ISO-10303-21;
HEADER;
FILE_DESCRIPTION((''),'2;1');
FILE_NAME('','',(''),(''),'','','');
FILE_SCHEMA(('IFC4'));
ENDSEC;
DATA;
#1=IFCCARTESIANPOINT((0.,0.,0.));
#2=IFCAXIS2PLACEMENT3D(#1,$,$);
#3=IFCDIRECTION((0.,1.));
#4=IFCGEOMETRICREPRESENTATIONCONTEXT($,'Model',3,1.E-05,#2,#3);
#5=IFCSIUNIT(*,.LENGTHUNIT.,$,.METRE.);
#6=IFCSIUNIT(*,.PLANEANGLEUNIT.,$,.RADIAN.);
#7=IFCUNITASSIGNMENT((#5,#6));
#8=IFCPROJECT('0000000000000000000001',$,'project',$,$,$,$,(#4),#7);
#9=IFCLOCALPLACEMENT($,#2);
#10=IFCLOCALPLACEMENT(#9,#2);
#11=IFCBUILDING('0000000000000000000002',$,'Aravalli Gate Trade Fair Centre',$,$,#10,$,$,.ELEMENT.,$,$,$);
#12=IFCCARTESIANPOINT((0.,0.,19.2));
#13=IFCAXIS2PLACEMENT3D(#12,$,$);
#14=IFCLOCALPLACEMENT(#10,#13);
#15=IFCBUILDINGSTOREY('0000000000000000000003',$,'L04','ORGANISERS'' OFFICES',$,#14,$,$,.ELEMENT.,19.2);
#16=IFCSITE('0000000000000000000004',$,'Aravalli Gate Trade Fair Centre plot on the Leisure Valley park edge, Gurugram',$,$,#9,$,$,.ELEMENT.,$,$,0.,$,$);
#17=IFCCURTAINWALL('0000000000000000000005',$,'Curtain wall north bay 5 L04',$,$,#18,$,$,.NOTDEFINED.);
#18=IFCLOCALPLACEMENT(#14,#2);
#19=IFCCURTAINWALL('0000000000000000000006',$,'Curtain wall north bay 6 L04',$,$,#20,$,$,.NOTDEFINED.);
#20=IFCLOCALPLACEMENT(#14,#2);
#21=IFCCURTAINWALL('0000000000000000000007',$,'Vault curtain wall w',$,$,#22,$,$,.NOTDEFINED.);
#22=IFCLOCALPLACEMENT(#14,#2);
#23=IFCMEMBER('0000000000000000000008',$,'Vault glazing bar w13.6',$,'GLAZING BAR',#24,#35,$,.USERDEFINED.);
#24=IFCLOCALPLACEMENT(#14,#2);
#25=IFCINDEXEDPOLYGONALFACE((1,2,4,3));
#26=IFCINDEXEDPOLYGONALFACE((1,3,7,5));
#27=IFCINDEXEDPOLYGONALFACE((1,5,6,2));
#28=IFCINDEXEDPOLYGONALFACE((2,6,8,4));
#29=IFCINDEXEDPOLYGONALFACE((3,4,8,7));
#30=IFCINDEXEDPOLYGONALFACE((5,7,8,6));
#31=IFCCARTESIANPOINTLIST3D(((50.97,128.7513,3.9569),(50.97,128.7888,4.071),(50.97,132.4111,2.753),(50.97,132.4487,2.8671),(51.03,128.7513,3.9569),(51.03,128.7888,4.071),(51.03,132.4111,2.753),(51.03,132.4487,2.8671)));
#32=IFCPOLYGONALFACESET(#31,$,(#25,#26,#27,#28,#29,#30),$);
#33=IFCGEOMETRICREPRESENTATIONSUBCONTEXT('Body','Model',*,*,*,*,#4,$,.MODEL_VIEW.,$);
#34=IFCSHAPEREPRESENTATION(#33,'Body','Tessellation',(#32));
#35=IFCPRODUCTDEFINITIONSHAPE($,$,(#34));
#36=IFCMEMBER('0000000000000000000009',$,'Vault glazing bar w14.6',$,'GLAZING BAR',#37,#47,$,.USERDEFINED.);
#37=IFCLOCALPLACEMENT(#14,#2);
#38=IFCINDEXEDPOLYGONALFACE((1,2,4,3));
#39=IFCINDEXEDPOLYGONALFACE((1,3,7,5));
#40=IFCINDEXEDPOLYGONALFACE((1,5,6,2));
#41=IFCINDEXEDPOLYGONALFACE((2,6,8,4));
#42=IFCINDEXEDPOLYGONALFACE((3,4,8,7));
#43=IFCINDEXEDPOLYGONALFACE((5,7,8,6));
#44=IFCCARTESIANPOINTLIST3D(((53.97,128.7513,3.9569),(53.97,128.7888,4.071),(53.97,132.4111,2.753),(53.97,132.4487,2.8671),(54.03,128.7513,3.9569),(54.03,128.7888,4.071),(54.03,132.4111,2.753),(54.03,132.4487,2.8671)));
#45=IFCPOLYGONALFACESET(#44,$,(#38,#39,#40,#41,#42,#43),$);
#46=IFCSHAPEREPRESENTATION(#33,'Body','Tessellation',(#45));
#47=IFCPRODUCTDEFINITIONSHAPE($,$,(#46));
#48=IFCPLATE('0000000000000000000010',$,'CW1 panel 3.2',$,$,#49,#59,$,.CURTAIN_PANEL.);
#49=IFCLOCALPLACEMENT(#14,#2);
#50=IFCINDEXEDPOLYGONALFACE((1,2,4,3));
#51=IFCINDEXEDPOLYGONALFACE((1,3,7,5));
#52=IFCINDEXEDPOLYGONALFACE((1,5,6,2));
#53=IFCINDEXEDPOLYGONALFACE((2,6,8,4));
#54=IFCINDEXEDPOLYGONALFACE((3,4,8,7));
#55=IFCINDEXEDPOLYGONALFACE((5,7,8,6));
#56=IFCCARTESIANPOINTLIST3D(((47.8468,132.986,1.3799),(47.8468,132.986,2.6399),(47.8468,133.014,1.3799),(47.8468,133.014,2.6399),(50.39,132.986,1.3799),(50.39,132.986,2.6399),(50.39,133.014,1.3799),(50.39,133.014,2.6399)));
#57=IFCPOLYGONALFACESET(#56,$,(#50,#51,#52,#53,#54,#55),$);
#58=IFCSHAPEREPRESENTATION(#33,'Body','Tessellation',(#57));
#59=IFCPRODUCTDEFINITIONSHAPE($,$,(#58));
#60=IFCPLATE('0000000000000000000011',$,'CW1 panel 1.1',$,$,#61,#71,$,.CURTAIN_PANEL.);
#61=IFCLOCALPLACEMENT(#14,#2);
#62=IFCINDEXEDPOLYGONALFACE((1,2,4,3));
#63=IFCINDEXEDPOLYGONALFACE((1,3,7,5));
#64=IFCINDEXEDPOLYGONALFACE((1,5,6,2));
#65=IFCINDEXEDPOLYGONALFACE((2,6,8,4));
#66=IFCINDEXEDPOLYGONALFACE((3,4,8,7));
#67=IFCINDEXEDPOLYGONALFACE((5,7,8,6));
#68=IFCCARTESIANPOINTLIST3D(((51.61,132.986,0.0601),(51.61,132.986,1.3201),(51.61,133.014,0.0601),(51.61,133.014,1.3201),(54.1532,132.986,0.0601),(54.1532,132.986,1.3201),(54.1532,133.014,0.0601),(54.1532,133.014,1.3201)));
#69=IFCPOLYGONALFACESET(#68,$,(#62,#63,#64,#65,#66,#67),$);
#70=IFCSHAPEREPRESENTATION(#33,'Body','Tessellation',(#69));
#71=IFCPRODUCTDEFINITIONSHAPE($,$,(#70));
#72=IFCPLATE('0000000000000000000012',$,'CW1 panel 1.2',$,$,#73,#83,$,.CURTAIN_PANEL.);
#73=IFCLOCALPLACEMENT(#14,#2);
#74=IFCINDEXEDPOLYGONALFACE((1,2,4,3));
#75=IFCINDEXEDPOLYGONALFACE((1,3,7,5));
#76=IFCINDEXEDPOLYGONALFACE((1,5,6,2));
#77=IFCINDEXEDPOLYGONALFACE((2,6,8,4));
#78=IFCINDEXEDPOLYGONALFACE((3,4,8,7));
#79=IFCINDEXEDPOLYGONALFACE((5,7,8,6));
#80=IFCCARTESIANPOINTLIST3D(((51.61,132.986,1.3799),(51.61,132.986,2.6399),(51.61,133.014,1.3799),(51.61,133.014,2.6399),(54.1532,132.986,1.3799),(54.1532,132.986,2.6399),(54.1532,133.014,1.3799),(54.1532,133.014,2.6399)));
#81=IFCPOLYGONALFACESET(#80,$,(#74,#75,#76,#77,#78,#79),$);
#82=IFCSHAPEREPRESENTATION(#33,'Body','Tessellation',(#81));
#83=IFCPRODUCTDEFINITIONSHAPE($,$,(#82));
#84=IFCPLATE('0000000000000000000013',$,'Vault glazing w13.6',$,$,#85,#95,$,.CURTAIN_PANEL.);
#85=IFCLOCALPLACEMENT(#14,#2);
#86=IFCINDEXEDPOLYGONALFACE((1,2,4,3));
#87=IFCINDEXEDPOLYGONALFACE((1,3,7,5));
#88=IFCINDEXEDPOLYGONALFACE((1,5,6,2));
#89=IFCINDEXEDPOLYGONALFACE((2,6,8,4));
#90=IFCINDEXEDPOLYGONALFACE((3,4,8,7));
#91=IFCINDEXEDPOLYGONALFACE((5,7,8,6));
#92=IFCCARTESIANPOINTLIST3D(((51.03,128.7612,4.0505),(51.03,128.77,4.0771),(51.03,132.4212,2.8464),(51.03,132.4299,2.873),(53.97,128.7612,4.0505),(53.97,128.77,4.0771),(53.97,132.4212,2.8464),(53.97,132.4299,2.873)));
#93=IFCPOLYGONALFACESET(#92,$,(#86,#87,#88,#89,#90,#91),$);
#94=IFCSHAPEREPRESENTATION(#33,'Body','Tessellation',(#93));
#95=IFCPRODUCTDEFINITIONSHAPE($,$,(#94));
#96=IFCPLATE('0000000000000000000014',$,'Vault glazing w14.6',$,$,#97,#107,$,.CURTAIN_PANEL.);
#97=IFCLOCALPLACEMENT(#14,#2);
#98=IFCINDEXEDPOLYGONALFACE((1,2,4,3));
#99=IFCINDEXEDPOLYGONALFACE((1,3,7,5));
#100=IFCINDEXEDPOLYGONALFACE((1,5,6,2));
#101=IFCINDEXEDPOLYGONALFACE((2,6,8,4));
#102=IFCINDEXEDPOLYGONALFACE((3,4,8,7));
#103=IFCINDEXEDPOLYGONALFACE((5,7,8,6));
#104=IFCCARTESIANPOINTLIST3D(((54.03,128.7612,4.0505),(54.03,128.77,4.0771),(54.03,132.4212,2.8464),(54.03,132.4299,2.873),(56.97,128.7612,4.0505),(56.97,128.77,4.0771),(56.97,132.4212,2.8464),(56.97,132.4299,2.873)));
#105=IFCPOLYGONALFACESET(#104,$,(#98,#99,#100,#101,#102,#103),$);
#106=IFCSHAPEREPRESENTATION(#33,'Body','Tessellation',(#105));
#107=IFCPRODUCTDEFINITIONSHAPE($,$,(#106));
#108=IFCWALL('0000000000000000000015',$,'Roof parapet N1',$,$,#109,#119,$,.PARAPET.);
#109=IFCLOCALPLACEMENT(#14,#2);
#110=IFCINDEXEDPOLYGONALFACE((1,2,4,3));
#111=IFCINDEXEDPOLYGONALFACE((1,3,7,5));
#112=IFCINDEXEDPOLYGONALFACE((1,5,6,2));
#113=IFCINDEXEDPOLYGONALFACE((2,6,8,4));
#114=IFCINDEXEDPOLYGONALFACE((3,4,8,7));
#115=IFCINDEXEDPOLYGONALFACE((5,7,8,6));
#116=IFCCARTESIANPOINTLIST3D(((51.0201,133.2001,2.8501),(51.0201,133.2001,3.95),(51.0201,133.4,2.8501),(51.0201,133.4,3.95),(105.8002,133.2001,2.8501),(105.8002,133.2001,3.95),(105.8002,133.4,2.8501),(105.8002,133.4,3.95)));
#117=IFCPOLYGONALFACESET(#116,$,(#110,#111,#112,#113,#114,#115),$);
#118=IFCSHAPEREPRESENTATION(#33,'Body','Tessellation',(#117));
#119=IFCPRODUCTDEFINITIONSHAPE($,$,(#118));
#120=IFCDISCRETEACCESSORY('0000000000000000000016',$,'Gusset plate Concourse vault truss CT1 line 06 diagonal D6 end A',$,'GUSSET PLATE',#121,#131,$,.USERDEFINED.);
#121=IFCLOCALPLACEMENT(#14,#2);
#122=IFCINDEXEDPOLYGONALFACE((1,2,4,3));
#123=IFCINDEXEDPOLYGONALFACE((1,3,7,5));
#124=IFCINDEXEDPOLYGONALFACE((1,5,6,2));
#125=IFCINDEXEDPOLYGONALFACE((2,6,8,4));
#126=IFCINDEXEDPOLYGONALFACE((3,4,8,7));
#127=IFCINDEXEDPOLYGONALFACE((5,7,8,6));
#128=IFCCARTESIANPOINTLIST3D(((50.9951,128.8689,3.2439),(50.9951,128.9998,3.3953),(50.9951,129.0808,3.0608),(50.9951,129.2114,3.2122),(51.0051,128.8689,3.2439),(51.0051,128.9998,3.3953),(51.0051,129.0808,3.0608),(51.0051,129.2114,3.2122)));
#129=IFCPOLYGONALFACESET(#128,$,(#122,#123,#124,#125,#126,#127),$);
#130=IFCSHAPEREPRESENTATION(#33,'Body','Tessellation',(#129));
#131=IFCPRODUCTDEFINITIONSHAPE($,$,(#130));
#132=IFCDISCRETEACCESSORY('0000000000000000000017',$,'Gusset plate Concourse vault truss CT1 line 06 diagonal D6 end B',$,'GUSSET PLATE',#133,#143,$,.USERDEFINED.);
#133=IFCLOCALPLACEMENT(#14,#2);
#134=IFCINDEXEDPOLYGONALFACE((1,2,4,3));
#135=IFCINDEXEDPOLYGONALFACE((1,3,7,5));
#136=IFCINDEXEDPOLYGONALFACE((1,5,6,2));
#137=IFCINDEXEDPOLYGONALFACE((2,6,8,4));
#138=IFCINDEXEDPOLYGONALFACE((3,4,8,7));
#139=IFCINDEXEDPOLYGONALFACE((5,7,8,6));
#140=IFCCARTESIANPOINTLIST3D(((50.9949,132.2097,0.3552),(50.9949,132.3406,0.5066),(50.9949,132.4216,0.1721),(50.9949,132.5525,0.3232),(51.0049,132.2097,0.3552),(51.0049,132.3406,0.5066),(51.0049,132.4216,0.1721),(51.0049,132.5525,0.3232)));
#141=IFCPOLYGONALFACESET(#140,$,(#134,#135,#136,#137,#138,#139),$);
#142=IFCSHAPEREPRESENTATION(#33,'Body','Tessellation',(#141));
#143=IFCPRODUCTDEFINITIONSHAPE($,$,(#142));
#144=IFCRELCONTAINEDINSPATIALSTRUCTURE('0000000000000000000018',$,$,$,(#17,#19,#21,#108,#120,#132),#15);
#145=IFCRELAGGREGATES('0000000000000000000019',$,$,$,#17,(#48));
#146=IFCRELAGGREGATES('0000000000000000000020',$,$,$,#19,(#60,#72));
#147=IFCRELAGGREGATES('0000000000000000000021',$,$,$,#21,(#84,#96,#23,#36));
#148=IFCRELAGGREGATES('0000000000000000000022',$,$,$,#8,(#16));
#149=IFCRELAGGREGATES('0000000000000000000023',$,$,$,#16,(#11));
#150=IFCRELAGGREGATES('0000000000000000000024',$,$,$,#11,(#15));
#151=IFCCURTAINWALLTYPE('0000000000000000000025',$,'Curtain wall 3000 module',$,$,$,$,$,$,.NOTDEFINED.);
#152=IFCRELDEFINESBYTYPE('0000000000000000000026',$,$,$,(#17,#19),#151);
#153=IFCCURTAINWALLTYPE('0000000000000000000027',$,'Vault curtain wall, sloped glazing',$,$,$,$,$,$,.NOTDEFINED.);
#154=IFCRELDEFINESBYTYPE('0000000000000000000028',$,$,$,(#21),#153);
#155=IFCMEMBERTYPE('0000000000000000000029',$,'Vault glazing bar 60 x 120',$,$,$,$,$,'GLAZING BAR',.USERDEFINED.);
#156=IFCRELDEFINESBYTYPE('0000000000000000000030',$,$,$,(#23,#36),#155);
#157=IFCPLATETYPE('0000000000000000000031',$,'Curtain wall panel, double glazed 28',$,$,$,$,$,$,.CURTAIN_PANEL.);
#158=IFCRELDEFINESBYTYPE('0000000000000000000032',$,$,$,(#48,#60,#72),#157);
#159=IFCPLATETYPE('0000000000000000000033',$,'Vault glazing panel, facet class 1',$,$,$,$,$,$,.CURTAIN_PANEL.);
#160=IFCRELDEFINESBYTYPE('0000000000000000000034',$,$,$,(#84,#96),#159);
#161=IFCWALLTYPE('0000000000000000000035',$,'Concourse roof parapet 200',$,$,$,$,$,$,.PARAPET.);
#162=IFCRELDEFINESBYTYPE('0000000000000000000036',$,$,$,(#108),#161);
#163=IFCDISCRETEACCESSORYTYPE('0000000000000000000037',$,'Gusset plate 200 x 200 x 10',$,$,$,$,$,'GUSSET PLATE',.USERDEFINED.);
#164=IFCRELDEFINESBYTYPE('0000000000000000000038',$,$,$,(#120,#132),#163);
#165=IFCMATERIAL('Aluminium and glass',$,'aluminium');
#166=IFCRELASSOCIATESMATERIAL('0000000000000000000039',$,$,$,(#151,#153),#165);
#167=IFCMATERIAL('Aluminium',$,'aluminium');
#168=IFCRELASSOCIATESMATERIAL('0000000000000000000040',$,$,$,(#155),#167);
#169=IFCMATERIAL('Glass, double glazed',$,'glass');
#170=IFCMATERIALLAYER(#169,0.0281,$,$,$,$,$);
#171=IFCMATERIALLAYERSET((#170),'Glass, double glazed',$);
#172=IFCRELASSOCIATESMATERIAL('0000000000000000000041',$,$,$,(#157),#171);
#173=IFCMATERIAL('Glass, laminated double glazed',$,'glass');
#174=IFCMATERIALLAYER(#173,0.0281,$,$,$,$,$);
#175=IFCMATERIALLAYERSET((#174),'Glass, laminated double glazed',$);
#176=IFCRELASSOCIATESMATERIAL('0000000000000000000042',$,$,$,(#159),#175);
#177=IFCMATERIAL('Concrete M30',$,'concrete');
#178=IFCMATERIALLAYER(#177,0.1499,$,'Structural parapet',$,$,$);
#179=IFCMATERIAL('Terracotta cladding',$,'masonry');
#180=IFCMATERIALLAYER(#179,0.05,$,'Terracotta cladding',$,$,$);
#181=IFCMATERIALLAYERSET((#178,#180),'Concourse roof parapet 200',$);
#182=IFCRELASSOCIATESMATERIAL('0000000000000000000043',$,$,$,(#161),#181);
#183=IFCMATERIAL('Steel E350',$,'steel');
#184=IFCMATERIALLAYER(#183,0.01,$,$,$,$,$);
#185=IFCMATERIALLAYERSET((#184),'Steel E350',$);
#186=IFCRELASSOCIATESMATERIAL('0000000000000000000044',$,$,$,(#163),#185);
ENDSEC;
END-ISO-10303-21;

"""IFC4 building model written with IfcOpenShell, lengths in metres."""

from ifc_helpers import new_model, si_unit, direction, frame, frame_2d, origin, origin_2d, place, context, subcontext, project, spatial, polyline, rectangle, outline, extrude, material, layer, layer_set, material_profile, profile_set, type_object, element, aggregate, save


model = new_model("IFC4")

# Units and contexts
model_context = context("Model", 3, precision=1e-05, world=origin(), true_north=direction((0.0, 1.0)))
body_context = subcontext(model_context, "Body", "Model", "MODEL_VIEW")
ifc_project = project(units=[si_unit("LENGTHUNIT", "METRE"), si_unit("PLANEANGLEUNIT", "RADIAN")], contexts=[model_context])

# Site, building, storey
site_placement = place(None, origin())
site = spatial("IfcSite", under=ifc_project, at=site_placement, Name="Aravalli Gate Trade Fair Centre plot on the Leisure Valley park edge, Gurugram", CompositionType="ELEMENT", RefElevation=0.0)
building_placement = place(site_placement, origin())
building = spatial("IfcBuilding", under=site, at=building_placement, Name="Aravalli Gate Trade Fair Centre", CompositionType="ELEMENT")
storey_placement = place(building_placement, frame((0.0, 0.0, 19.2)))
storey = spatial("IfcBuildingStorey", under=building, at=storey_placement, Name="L04", Description="ORGANISERS' OFFICES", CompositionType="ELEMENT", Elevation=19.2)

# Curtain wall
ifc_material_1 = material(Name="Aluminium and glass", Category="aluminium")
curtain_wall_type_1 = type_object("IfcCurtainWallType", Name="Curtain wall 3000 module", PredefinedType="NOTDEFINED", material=ifc_material_1)
curtain_wall_1_placement = place(storey_placement, origin())
curtain_wall_1 = element("IfcCurtainWall", 1, at=curtain_wall_1_placement, inside=storey, type_object=curtain_wall_type_1, Name="Curtain wall north bay 5 L04", PredefinedType="NOTDEFINED")
ifc_material_2 = material(Name="Aluminium", Category="aluminium")

# Curtain wall
curtain_wall_2_placement = place(storey_placement, origin())
curtain_wall_2 = element("IfcCurtainWall", 2, at=curtain_wall_2_placement, inside=storey, type_object=curtain_wall_type_1, Name="Curtain wall north bay 6 L04", PredefinedType="NOTDEFINED")

# Shared definitions
ifc_material_3 = material(Name="Steel E350", Category="steel")

# Curtain wall, members
curtain_wall_type_2 = type_object("IfcCurtainWallType", Name="Vault curtain wall, sloped glazing", PredefinedType="NOTDEFINED", material=ifc_material_1)
curtain_wall_3_placement = place(storey_placement, origin())
curtain_wall_3 = element("IfcCurtainWall", 3, at=curtain_wall_3_placement, inside=storey, type_object=curtain_wall_type_2, Name="Vault curtain wall w", PredefinedType="NOTDEFINED")
ifc_material_profile_1 = material_profile(ifc_material_2, rectangle(XDim=0.0601, YDim=0.1201, at=origin_2d()), Name="Vault glazing bar 60 x 120")
ifc_profile_set_1 = profile_set([ifc_material_profile_1], Name="Aluminium")
member_type_1 = type_object("IfcMemberType", Name="Vault glazing bar 60 x 120", ElementType="GLAZING BAR", PredefinedType="USERDEFINED", material=ifc_profile_set_1)
member_1_placement = place(storey_placement, frame((51.0, 128.77, 4.0139), z_axis=(0.0, 0.94993, -0.312461), x_axis=(-1.0, 0.0, 0.0)))
member_1 = element("IfcMember", 4, at=member_1_placement, type_object=member_type_1, Name="Vault glazing bar w13.6", ObjectType="GLAZING BAR", PredefinedType="USERDEFINED", context=body_context, shape_type="SweptSolid", body=[
    extrude(rectangle(XDim=0.0601, YDim=0.1201, at=origin_2d()), origin(), (0.0, 0.0, 1.0), 3.8528),
])
member_2_placement = place(storey_placement, frame((54.0, 128.77, 4.0139), z_axis=(0.0, 0.94993, -0.312461), x_axis=(-1.0, 0.0, 0.0)))
member_2 = element("IfcMember", 5, at=member_2_placement, type_object=member_type_1, Name="Vault glazing bar w14.6", ObjectType="GLAZING BAR", PredefinedType="USERDEFINED", context=body_context, shape_type="SweptSolid", body=[
    extrude(rectangle(XDim=0.0601, YDim=0.1201, at=origin_2d()), origin(), (0.0, 0.0, 1.0), 3.8528),
])

# Plates
ifc_material_4 = material(Name="Glass, double glazed", Category="glass")
ifc_layer_1 = layer(ifc_material_4, 0.0281)
ifc_layer_set_1 = layer_set([ifc_layer_1], Name="Glass, double glazed")
plate_type_1 = type_object("IfcPlateType", Name="Curtain wall panel, double glazed 28", PredefinedType="CURTAIN_PANEL", material=ifc_layer_set_1)
plate_1_placement = place(storey_placement, frame((49.1184, 133.0, 1.3799), z_axis=(0.0, 0.0, 1.0), x_axis=(1.0, 0.0, 0.0)))
plate_1 = element("IfcPlate", 6, at=plate_1_placement, type_object=plate_type_1, Name="CW1 panel 3.2", PredefinedType="CURTAIN_PANEL", context=body_context, shape_type="SweptSolid", body=[
    extrude(rectangle(XDim=2.5432, YDim=0.0281, at=origin_2d()), origin(), (0.0, 0.0, 1.0), 1.26),
])
aggregate(curtain_wall_1, [plate_1])
plate_2_placement = place(storey_placement, frame((52.8816, 133.0, 0.0601), z_axis=(0.0, 0.0, 1.0), x_axis=(1.0, 0.0, 0.0)))
plate_2 = element("IfcPlate", 7, at=plate_2_placement, type_object=plate_type_1, Name="CW1 panel 1.1", PredefinedType="CURTAIN_PANEL", context=body_context, shape_type="SweptSolid", body=[
    extrude(rectangle(XDim=2.5432, YDim=0.0281, at=origin_2d()), origin(), (0.0, 0.0, 1.0), 1.26),
])
plate_3_placement = place(storey_placement, frame((52.8816, 133.0, 1.3799), z_axis=(0.0, 0.0, 1.0), x_axis=(1.0, 0.0, 0.0)))
plate_3 = element("IfcPlate", 8, at=plate_3_placement, type_object=plate_type_1, Name="CW1 panel 1.2", PredefinedType="CURTAIN_PANEL", context=body_context, shape_type="SweptSolid", body=[
    extrude(rectangle(XDim=2.5432, YDim=0.0281, at=origin_2d()), origin(), (0.0, 0.0, 1.0), 1.26),
])
aggregate(curtain_wall_2, [plate_2, plate_3])
ifc_material_5 = material(Name="Glass, laminated double glazed", Category="glass")
ifc_layer_2 = layer(ifc_material_5, 0.0281)
ifc_layer_set_2 = layer_set([ifc_layer_2], Name="Glass, laminated double glazed")
plate_type_2 = type_object("IfcPlateType", Name="Vault glazing panel, facet class 1", PredefinedType="CURTAIN_PANEL", material=ifc_layer_set_2)
plate_4_placement = place(storey_placement, frame((51.03, 128.77, 4.0771), z_axis=(0.0, 0.312518, 0.949912), x_axis=(1.0, 0.0, 0.0)))
plate_4 = element("IfcPlate", 9, at=plate_4_placement, type_object=plate_type_2, Name="Vault glazing w13.6", PredefinedType="CURTAIN_PANEL", context=body_context, shape_type="SweptSolid", body=[
    extrude(outline(polyline([(0.0, 0.0), (2.9399, 0.0), (2.9399, 3.8529), (0.0, 3.8529), (0.0, 0.0)])), origin(), (0.0, 0.0, -1.0), 0.0281),
])
plate_5_placement = place(storey_placement, frame((54.03, 128.77, 4.0771), z_axis=(0.0, 0.312518, 0.949912), x_axis=(1.0, 0.0, 0.0)))
plate_5 = element("IfcPlate", 10, at=plate_5_placement, type_object=plate_type_2, Name="Vault glazing w14.6", PredefinedType="CURTAIN_PANEL", context=body_context, shape_type="SweptSolid", body=[
    extrude(outline(polyline([(0.0, 0.0), (2.9399, 0.0), (2.9399, 3.8529), (0.0, 3.8529), (0.0, 0.0)])), origin(), (0.0, 0.0, -1.0), 0.0281),
])
aggregate(curtain_wall_3, [plate_4, plate_5, member_1, member_2])

# Wall
ifc_material_6 = material(Name="Concrete M30", Category="concrete")
ifc_layer_3 = layer(ifc_material_6, 0.1499, Name="Structural parapet")
ifc_material_7 = material(Name="Terracotta cladding", Category="masonry")
ifc_layer_4 = layer(ifc_material_7, 0.05, Name="Terracotta cladding")
ifc_layer_set_3 = layer_set([ifc_layer_3, ifc_layer_4], Name="Concourse roof parapet 200")
wall_type = type_object("IfcWallType", Name="Concourse roof parapet 200", PredefinedType="PARAPET", material=ifc_layer_set_3)
wall_placement = place(storey_placement, frame((51.02, 133.3, 2.8501), z_axis=(0.0, 0.0, 1.0), x_axis=(1.0, 0.0, 0.0)))
element("IfcWall", 11, at=wall_placement, inside=storey, type_object=wall_type, Name="Roof parapet N1", PredefinedType="PARAPET", context=body_context, shape_type="SweptSolid", body=[
    extrude(rectangle(XDim=54.78, YDim=0.2, at=frame_2d((27.3901, 0.0))), origin(), (0.0, 0.0, 1.0), 1.0999),
])

# Discrete accessories
ifc_layer_5 = layer(ifc_material_3, 0.01)
ifc_layer_set_4 = layer_set([ifc_layer_5], Name="Steel E350")
discrete_accessory_type = type_object("IfcDiscreteAccessoryType", Name="Gusset plate 200 x 200 x 10", ElementType="GUSSET PLATE", PredefinedType="USERDEFINED", material=ifc_layer_set_4)
discrete_accessory_1_placement = place(storey_placement, frame((50.9951, 129.0808, 3.0608), z_axis=(-1.0, 0.0, 0.0), x_axis=(0.0, -0.756666, 0.653801)))
element("IfcDiscreteAccessory", 12, at=discrete_accessory_1_placement, inside=storey, type_object=discrete_accessory_type, Name="Gusset plate Concourse vault truss CT1 line 06 diagonal D6 end A", ObjectType="GUSSET PLATE", PredefinedType="USERDEFINED", context=body_context, shape_type="SweptSolid", body=[
    extrude(outline(polyline([(0.0, 0.0), (0.2801, 0.0), (0.28, 0.2001), (0.0001, 0.1999), (0.0, 0.0)])), origin(), (0.0, 0.0, -1.0), 0.01),
])
discrete_accessory_2_placement = place(storey_placement, frame((51.0049, 132.2097, 0.3552), z_axis=(1.0, 0.0, 0.0), x_axis=(0.0, 0.756666, -0.653801)))
element("IfcDiscreteAccessory", 13, at=discrete_accessory_2_placement, inside=storey, type_object=discrete_accessory_type, Name="Gusset plate Concourse vault truss CT1 line 06 diagonal D6 end B", ObjectType="GUSSET PLATE", PredefinedType="USERDEFINED", context=body_context, shape_type="SweptSolid", body=[
    extrude(outline(polyline([(0.0, 0.0), (0.2801, 0.0), (0.2803, 0.1999), (0.0001, 0.2001), (0.0, 0.0)])), origin(), (0.0, 0.0, -1.0), 0.01),
])

save(model, "model.ifc")
